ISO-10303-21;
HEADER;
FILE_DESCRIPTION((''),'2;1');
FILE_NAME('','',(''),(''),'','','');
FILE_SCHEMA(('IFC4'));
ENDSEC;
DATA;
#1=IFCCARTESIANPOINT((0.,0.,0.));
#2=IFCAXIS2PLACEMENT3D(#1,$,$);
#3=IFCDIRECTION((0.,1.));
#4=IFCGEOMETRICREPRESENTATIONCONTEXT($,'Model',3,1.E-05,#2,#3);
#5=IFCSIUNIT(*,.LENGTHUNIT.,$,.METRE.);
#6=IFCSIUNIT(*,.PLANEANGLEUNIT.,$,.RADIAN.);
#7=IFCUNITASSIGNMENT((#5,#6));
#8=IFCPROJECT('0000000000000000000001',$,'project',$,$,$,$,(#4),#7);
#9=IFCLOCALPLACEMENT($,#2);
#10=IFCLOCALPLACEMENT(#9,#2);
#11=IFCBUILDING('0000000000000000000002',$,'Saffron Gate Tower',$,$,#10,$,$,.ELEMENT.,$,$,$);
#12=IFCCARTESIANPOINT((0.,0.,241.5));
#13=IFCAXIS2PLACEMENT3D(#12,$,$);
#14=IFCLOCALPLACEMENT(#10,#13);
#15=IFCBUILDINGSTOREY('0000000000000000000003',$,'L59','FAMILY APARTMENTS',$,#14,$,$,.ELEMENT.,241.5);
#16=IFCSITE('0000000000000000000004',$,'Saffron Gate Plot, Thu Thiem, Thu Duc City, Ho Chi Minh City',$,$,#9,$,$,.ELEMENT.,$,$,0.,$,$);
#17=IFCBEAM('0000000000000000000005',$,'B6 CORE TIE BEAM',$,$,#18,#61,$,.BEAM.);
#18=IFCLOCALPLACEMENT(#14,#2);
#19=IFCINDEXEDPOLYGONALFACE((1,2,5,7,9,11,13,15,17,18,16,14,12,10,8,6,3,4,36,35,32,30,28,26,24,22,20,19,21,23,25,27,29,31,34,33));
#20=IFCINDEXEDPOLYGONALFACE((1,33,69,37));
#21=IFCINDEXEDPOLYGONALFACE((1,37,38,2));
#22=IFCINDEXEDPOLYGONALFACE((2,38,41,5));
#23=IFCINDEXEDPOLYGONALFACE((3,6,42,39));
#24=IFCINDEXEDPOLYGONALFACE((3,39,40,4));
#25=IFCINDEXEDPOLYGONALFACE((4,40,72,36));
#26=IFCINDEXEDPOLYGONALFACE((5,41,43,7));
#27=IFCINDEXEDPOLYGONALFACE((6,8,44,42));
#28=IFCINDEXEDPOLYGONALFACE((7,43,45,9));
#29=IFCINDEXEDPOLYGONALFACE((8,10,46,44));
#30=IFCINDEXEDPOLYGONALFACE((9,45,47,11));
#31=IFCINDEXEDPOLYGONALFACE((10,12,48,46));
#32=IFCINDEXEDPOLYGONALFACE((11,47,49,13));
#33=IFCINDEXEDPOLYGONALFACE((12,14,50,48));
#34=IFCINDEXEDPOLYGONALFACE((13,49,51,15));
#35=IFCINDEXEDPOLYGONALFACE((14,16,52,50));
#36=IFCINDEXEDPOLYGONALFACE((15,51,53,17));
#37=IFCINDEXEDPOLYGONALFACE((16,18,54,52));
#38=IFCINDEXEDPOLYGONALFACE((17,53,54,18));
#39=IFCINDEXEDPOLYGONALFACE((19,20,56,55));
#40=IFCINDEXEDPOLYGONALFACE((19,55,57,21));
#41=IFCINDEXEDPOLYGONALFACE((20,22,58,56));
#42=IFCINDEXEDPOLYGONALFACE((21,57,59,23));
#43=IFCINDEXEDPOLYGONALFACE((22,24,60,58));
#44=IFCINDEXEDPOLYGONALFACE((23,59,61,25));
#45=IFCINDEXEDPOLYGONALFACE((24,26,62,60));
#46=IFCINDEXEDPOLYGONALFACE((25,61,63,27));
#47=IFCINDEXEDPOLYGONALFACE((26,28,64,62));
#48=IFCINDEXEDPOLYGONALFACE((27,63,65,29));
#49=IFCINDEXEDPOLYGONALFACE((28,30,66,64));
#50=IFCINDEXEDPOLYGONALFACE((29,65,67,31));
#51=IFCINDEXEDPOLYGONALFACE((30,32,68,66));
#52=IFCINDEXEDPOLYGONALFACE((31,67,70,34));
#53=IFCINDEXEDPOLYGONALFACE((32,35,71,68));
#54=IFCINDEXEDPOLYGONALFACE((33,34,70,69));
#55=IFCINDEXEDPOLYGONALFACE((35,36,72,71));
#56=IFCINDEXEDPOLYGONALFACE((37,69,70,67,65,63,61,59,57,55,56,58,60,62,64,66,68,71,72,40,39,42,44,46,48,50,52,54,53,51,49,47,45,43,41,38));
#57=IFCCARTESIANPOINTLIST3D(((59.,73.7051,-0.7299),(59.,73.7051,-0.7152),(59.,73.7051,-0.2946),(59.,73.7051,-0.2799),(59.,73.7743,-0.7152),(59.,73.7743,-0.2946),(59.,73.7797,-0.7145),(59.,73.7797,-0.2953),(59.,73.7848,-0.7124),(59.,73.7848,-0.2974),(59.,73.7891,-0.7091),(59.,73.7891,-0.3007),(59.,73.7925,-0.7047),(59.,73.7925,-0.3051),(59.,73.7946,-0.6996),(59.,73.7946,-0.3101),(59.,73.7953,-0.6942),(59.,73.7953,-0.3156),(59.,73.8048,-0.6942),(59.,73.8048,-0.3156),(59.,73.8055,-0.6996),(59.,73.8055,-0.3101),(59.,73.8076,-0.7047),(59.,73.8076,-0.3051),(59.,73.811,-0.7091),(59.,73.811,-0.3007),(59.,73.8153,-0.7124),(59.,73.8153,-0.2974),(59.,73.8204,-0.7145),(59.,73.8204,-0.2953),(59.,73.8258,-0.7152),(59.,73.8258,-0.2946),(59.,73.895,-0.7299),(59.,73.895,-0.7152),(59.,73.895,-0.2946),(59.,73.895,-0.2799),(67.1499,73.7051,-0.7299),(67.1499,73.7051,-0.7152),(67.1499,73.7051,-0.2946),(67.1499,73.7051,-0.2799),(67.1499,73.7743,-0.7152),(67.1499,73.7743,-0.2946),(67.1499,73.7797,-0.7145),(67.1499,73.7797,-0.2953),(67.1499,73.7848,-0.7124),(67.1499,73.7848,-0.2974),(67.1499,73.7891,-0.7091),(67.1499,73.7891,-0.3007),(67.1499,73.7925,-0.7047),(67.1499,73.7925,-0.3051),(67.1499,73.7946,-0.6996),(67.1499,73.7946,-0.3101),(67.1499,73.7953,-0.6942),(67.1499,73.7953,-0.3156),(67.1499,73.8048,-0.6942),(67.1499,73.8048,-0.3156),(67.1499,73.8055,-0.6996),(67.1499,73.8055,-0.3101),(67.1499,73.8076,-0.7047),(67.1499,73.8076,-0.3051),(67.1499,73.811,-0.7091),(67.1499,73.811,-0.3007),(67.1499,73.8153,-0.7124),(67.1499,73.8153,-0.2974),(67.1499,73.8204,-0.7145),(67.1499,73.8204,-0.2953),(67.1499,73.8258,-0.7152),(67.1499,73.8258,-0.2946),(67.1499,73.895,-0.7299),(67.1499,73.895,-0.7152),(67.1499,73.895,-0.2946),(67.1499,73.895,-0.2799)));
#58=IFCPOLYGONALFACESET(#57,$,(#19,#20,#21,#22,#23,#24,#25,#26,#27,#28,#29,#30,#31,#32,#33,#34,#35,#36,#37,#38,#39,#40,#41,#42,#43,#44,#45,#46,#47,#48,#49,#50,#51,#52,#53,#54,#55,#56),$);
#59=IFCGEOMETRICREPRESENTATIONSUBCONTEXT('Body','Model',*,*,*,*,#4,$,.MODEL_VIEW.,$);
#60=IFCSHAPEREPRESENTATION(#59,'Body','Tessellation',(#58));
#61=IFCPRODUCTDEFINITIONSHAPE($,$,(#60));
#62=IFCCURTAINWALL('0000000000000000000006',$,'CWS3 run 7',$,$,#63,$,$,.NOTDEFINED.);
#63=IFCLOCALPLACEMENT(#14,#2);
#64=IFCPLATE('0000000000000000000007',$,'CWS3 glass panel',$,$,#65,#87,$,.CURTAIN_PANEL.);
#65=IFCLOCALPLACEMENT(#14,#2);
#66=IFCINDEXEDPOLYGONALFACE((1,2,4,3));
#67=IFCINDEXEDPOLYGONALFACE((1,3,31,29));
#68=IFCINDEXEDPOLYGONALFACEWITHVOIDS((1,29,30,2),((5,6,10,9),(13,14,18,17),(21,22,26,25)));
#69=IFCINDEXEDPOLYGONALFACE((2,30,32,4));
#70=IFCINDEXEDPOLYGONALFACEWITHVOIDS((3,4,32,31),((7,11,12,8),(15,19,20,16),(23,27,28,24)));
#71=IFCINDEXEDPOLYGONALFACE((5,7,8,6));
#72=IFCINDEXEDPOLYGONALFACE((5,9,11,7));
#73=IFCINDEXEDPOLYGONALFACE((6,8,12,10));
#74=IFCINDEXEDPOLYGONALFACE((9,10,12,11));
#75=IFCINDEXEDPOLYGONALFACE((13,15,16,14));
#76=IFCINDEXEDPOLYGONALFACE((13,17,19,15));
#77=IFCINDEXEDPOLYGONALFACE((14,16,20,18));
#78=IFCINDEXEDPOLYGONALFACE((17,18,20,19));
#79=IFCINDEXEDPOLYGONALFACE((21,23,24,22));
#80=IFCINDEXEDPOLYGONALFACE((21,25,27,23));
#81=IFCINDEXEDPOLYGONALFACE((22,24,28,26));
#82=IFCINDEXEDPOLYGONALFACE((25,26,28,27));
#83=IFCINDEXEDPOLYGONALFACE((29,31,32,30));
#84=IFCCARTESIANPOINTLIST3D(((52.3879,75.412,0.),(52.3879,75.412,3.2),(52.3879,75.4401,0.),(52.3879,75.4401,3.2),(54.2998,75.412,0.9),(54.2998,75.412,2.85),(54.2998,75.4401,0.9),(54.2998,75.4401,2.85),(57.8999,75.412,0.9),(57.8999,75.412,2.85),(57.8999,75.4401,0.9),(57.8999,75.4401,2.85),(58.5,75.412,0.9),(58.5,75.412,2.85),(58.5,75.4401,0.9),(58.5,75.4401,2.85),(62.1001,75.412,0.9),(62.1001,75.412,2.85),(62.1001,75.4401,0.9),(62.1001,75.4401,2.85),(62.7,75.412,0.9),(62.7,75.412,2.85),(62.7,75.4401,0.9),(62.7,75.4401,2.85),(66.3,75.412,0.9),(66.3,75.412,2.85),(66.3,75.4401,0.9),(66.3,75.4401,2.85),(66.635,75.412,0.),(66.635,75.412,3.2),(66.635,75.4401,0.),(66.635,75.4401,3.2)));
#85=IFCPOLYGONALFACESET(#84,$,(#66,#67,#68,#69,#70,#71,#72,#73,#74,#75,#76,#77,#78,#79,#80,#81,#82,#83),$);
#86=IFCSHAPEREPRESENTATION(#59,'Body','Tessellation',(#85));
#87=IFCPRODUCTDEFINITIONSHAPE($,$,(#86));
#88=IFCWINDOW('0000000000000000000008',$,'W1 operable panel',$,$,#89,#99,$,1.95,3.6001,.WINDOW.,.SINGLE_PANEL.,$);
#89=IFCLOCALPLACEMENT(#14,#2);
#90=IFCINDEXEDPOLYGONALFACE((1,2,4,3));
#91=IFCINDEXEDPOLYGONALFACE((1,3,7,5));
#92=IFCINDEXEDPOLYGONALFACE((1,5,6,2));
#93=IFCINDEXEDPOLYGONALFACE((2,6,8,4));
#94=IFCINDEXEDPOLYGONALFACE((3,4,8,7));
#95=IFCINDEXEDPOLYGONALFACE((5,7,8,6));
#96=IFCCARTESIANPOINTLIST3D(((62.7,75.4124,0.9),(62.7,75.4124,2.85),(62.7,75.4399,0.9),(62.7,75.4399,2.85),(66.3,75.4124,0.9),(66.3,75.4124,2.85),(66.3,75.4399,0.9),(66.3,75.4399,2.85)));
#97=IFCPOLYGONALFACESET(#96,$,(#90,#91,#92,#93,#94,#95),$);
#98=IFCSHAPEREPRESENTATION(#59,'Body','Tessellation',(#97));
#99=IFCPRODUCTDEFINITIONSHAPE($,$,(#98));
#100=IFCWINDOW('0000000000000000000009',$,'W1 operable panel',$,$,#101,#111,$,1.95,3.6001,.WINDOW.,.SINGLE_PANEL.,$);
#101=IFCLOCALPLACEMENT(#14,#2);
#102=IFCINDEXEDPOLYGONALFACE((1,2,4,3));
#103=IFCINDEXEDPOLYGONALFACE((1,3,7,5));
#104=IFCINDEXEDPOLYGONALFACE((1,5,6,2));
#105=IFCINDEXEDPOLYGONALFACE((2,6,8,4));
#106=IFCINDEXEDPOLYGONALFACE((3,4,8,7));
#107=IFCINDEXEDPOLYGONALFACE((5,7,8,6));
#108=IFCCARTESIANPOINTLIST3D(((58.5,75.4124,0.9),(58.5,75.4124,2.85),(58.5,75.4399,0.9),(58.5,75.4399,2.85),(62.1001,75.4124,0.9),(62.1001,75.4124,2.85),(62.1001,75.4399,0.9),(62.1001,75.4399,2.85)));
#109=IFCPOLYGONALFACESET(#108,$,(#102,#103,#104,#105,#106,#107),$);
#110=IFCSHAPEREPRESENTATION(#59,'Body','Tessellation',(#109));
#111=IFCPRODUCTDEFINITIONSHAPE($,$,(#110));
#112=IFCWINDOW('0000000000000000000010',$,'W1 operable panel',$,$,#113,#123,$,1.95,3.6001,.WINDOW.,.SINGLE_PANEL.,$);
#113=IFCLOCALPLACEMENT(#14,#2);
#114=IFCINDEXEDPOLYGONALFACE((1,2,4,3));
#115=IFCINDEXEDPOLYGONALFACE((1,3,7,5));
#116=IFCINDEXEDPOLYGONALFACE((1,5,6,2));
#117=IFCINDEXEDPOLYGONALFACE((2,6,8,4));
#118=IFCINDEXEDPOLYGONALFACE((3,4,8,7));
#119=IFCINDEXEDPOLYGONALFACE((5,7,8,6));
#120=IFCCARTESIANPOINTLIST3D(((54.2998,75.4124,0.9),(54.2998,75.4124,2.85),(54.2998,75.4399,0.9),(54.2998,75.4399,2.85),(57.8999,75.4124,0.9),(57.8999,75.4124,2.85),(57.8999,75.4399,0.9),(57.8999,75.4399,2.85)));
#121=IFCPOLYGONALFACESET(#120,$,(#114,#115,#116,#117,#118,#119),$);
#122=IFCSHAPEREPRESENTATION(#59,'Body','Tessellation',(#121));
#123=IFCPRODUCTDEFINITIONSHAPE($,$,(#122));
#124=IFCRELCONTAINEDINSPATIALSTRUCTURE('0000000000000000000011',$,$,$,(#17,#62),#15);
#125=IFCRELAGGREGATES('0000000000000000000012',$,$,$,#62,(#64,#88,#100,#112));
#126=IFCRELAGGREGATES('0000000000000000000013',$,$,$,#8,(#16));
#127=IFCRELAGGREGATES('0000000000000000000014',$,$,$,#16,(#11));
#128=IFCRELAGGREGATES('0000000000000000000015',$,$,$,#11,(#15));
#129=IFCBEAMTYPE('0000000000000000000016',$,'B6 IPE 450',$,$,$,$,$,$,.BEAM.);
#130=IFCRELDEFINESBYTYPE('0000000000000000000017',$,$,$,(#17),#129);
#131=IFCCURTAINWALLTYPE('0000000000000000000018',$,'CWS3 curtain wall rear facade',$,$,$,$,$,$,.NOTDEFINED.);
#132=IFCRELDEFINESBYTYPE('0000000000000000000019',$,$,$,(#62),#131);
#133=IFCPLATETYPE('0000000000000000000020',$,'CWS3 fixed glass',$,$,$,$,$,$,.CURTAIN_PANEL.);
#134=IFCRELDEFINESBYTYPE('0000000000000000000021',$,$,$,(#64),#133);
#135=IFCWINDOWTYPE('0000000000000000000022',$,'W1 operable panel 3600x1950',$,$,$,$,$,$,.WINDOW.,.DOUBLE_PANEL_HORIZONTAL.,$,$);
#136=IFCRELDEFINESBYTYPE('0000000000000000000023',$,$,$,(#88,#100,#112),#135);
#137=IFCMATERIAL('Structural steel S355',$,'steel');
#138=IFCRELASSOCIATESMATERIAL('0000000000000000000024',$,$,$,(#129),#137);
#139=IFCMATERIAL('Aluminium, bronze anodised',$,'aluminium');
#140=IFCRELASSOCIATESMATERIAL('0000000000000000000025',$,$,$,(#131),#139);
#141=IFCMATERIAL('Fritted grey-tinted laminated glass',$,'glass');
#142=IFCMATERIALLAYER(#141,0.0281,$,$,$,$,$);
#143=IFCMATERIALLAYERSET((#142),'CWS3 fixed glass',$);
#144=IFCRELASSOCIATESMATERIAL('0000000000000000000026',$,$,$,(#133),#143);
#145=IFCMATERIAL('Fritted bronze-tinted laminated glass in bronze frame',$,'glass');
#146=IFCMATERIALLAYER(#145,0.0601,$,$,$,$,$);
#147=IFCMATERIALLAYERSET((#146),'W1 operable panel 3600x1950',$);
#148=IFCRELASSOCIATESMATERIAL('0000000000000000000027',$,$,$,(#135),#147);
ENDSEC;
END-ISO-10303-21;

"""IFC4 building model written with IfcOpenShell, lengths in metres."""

from ifc_helpers import new_model, si_unit, direction, frame, frame_2d, origin, origin_2d, place, context, subcontext, project, spatial, rectangle, i_section, extrude, material, layer, layer_set, material_profile, profile_set, type_object, element, fill, aggregate, save


model = new_model("IFC4")

# Units and contexts
model_context = context("Model", 3, precision=1e-05, world=origin(), true_north=direction((0.0, 1.0)))
body_context = subcontext(model_context, "Body", "Model", "MODEL_VIEW")
ifc_project = project(units=[si_unit("LENGTHUNIT", "METRE"), si_unit("PLANEANGLEUNIT", "RADIAN")], contexts=[model_context])

# Site, building, storey
site_placement = place(None, origin())
site = spatial("IfcSite", under=ifc_project, at=site_placement, Name="Saffron Gate Plot, Thu Thiem, Thu Duc City, Ho Chi Minh City", CompositionType="ELEMENT", RefElevation=0.0)
building_placement = place(site_placement, origin())
building = spatial("IfcBuilding", under=site, at=building_placement, Name="Saffron Gate Tower", CompositionType="ELEMENT")
storey_placement = place(building_placement, frame((0.0, 0.0, 241.5)))
storey = spatial("IfcBuildingStorey", under=building, at=storey_placement, Name="L59", Description="FAMILY APARTMENTS", CompositionType="ELEMENT", Elevation=241.5)

# Beam
ifc_material_1 = material(Name="Structural steel S355", Category="steel")
ifc_material_profile = material_profile(ifc_material_1, i_section(OverallWidth=0.1899, OverallDepth=0.45, WebThickness=0.0095, FlangeThickness=0.0146, FilletRadius=0.021, at=origin_2d()))
ifc_profile_set = profile_set([ifc_material_profile], Name="Structural steel S355")
beam_type = type_object("IfcBeamType", Name="B6 IPE 450", PredefinedType="BEAM", material=ifc_profile_set)
beam_placement = place(storey_placement, frame((59.0, 73.8, -0.5049), z_axis=(1.0, 0.0, 0.0), x_axis=(0.0, 1.0, 0.0)))
element("IfcBeam", 1, at=beam_placement, inside=storey, type_object=beam_type, Name="B6 CORE TIE BEAM", PredefinedType="BEAM", context=body_context, shape_type="SweptSolid", body=[
    extrude(i_section(OverallWidth=0.1899, OverallDepth=0.45, WebThickness=0.0095, FlangeThickness=0.0146, FilletRadius=0.021, at=origin_2d()), origin(), (0.0, 0.0, 1.0), 8.1499),
])

# Curtain wall, plate, openings, windows
ifc_material_2 = material(Name="Aluminium, bronze anodised", Category="aluminium")
curtain_wall_type = type_object("IfcCurtainWallType", Name="CWS3 curtain wall rear facade", PredefinedType="NOTDEFINED", material=ifc_material_2)
curtain_wall_placement = place(storey_placement, origin())
curtain_wall = element("IfcCurtainWall", 2, at=curtain_wall_placement, inside=storey, type_object=curtain_wall_type, Name="CWS3 run 7", PredefinedType="NOTDEFINED")
ifc_material_3 = material(Name="Fritted grey-tinted laminated glass", Category="glass")
ifc_layer_1 = layer(ifc_material_3, 0.0281)
ifc_layer_set_1 = layer_set([ifc_layer_1], Name="CWS3 fixed glass")
plate_type = type_object("IfcPlateType", Name="CWS3 fixed glass", PredefinedType="CURTAIN_PANEL", material=ifc_layer_set_1)
plate_placement = place(storey_placement, frame((66.635, 75.426, 0.0), z_axis=(0.0, 0.0, 1.0), x_axis=(-1.0, 0.0, 0.0)))
plate = element("IfcPlate", 3, at=plate_placement, type_object=plate_type, Name="CWS3 glass panel", PredefinedType="CURTAIN_PANEL", context=body_context, shape_type="SweptSolid", body=[
    extrude(rectangle(XDim=14.2471, YDim=0.0281, at=frame_2d((7.1235, 0.0))), origin(), (0.0, 0.0, 1.0), 3.2),
])
opening_1_placement = place(plate_placement, frame((0.335, 0.0, 0.8999)))
opening_1 = element("IfcOpeningElement", 4, at=opening_1_placement, cuts=plate, PredefinedType="OPENING", context=body_context, shape_type="SweptSolid", body=[
    extrude(rectangle(XDim=3.6001, YDim=1.95, at=frame_2d((1.8, 0.9751))), frame((0.0, 0.0239, 0.0), z_axis=(0.0, -1.0, 0.0), x_axis=(1.0, 0.0, 0.0)), (0.0, 0.0, 1.0), 0.0481),
])
opening_2_placement = place(plate_placement, frame((4.5349, 0.0, 0.8999)))
opening_2 = element("IfcOpeningElement", 5, at=opening_2_placement, cuts=plate, PredefinedType="OPENING", context=body_context, shape_type="SweptSolid", body=[
    extrude(rectangle(XDim=3.6001, YDim=1.95, at=frame_2d((1.8, 0.9751))), frame((0.0, 0.0239, 0.0), z_axis=(0.0, -1.0, 0.0), x_axis=(1.0, 0.0, 0.0)), (0.0, 0.0, 1.0), 0.0481),
])
opening_3_placement = place(plate_placement, frame((8.7351, 0.0, 0.8999)))
opening_3 = element("IfcOpeningElement", 6, at=opening_3_placement, cuts=plate, PredefinedType="OPENING", context=body_context, shape_type="SweptSolid", body=[
    extrude(rectangle(XDim=3.6001, YDim=1.95, at=frame_2d((1.8, 0.9751))), frame((0.0, 0.0239, 0.0), z_axis=(0.0, -1.0, 0.0), x_axis=(1.0, 0.0, 0.0)), (0.0, 0.0, 1.0), 0.0481),
])
ifc_material_4 = material(Name="Fritted bronze-tinted laminated glass in bronze frame", Category="glass")
ifc_layer_2 = layer(ifc_material_4, 0.0601)
ifc_layer_set_2 = layer_set([ifc_layer_2], Name="W1 operable panel 3600x1950")
window_type = type_object("IfcWindowType", Name="W1 operable panel 3600x1950", PartitioningType="DOUBLE_PANEL_HORIZONTAL", PredefinedType="WINDOW", material=ifc_layer_set_2)
window_1_placement = place(opening_1_placement, origin())
window_1 = element("IfcWindow", 7, at=window_1_placement, type_object=window_type, Name="W1 operable panel", OverallHeight=1.95, OverallWidth=3.6001, PartitioningType="SINGLE_PANEL", PredefinedType="WINDOW", context=body_context, shape_type="SweptSolid", body=[
    extrude(rectangle(XDim=3.6001, YDim=1.95, at=frame_2d((1.8, 0.9751))), frame((0.0, 0.0137, 0.0), z_axis=(0.0, -1.0, 0.0), x_axis=(1.0, 0.0, 0.0)), (0.0, 0.0, 1.0), 0.0276),
])
fill(opening_1, window_1)
window_2_placement = place(opening_2_placement, origin())
window_2 = element("IfcWindow", 8, at=window_2_placement, type_object=window_type, Name="W1 operable panel", OverallHeight=1.95, OverallWidth=3.6001, PartitioningType="SINGLE_PANEL", PredefinedType="WINDOW", context=body_context, shape_type="SweptSolid", body=[
    extrude(rectangle(XDim=3.6001, YDim=1.95, at=frame_2d((1.8, 0.9751))), frame((0.0, 0.0137, 0.0), z_axis=(0.0, -1.0, 0.0), x_axis=(1.0, 0.0, 0.0)), (0.0, 0.0, 1.0), 0.0276),
])
fill(opening_2, window_2)
window_3_placement = place(opening_3_placement, origin())
window_3 = element("IfcWindow", 9, at=window_3_placement, type_object=window_type, Name="W1 operable panel", OverallHeight=1.95, OverallWidth=3.6001, PartitioningType="SINGLE_PANEL", PredefinedType="WINDOW", context=body_context, shape_type="SweptSolid", body=[
    extrude(rectangle(XDim=3.6001, YDim=1.95, at=frame_2d((1.8, 0.9751))), frame((0.0, 0.0137, 0.0), z_axis=(0.0, -1.0, 0.0), x_axis=(1.0, 0.0, 0.0)), (0.0, 0.0, 1.0), 0.0276),
])
fill(opening_3, window_3)
aggregate(curtain_wall, [plate, window_1, window_2, window_3])

save(model, "model.ifc")
